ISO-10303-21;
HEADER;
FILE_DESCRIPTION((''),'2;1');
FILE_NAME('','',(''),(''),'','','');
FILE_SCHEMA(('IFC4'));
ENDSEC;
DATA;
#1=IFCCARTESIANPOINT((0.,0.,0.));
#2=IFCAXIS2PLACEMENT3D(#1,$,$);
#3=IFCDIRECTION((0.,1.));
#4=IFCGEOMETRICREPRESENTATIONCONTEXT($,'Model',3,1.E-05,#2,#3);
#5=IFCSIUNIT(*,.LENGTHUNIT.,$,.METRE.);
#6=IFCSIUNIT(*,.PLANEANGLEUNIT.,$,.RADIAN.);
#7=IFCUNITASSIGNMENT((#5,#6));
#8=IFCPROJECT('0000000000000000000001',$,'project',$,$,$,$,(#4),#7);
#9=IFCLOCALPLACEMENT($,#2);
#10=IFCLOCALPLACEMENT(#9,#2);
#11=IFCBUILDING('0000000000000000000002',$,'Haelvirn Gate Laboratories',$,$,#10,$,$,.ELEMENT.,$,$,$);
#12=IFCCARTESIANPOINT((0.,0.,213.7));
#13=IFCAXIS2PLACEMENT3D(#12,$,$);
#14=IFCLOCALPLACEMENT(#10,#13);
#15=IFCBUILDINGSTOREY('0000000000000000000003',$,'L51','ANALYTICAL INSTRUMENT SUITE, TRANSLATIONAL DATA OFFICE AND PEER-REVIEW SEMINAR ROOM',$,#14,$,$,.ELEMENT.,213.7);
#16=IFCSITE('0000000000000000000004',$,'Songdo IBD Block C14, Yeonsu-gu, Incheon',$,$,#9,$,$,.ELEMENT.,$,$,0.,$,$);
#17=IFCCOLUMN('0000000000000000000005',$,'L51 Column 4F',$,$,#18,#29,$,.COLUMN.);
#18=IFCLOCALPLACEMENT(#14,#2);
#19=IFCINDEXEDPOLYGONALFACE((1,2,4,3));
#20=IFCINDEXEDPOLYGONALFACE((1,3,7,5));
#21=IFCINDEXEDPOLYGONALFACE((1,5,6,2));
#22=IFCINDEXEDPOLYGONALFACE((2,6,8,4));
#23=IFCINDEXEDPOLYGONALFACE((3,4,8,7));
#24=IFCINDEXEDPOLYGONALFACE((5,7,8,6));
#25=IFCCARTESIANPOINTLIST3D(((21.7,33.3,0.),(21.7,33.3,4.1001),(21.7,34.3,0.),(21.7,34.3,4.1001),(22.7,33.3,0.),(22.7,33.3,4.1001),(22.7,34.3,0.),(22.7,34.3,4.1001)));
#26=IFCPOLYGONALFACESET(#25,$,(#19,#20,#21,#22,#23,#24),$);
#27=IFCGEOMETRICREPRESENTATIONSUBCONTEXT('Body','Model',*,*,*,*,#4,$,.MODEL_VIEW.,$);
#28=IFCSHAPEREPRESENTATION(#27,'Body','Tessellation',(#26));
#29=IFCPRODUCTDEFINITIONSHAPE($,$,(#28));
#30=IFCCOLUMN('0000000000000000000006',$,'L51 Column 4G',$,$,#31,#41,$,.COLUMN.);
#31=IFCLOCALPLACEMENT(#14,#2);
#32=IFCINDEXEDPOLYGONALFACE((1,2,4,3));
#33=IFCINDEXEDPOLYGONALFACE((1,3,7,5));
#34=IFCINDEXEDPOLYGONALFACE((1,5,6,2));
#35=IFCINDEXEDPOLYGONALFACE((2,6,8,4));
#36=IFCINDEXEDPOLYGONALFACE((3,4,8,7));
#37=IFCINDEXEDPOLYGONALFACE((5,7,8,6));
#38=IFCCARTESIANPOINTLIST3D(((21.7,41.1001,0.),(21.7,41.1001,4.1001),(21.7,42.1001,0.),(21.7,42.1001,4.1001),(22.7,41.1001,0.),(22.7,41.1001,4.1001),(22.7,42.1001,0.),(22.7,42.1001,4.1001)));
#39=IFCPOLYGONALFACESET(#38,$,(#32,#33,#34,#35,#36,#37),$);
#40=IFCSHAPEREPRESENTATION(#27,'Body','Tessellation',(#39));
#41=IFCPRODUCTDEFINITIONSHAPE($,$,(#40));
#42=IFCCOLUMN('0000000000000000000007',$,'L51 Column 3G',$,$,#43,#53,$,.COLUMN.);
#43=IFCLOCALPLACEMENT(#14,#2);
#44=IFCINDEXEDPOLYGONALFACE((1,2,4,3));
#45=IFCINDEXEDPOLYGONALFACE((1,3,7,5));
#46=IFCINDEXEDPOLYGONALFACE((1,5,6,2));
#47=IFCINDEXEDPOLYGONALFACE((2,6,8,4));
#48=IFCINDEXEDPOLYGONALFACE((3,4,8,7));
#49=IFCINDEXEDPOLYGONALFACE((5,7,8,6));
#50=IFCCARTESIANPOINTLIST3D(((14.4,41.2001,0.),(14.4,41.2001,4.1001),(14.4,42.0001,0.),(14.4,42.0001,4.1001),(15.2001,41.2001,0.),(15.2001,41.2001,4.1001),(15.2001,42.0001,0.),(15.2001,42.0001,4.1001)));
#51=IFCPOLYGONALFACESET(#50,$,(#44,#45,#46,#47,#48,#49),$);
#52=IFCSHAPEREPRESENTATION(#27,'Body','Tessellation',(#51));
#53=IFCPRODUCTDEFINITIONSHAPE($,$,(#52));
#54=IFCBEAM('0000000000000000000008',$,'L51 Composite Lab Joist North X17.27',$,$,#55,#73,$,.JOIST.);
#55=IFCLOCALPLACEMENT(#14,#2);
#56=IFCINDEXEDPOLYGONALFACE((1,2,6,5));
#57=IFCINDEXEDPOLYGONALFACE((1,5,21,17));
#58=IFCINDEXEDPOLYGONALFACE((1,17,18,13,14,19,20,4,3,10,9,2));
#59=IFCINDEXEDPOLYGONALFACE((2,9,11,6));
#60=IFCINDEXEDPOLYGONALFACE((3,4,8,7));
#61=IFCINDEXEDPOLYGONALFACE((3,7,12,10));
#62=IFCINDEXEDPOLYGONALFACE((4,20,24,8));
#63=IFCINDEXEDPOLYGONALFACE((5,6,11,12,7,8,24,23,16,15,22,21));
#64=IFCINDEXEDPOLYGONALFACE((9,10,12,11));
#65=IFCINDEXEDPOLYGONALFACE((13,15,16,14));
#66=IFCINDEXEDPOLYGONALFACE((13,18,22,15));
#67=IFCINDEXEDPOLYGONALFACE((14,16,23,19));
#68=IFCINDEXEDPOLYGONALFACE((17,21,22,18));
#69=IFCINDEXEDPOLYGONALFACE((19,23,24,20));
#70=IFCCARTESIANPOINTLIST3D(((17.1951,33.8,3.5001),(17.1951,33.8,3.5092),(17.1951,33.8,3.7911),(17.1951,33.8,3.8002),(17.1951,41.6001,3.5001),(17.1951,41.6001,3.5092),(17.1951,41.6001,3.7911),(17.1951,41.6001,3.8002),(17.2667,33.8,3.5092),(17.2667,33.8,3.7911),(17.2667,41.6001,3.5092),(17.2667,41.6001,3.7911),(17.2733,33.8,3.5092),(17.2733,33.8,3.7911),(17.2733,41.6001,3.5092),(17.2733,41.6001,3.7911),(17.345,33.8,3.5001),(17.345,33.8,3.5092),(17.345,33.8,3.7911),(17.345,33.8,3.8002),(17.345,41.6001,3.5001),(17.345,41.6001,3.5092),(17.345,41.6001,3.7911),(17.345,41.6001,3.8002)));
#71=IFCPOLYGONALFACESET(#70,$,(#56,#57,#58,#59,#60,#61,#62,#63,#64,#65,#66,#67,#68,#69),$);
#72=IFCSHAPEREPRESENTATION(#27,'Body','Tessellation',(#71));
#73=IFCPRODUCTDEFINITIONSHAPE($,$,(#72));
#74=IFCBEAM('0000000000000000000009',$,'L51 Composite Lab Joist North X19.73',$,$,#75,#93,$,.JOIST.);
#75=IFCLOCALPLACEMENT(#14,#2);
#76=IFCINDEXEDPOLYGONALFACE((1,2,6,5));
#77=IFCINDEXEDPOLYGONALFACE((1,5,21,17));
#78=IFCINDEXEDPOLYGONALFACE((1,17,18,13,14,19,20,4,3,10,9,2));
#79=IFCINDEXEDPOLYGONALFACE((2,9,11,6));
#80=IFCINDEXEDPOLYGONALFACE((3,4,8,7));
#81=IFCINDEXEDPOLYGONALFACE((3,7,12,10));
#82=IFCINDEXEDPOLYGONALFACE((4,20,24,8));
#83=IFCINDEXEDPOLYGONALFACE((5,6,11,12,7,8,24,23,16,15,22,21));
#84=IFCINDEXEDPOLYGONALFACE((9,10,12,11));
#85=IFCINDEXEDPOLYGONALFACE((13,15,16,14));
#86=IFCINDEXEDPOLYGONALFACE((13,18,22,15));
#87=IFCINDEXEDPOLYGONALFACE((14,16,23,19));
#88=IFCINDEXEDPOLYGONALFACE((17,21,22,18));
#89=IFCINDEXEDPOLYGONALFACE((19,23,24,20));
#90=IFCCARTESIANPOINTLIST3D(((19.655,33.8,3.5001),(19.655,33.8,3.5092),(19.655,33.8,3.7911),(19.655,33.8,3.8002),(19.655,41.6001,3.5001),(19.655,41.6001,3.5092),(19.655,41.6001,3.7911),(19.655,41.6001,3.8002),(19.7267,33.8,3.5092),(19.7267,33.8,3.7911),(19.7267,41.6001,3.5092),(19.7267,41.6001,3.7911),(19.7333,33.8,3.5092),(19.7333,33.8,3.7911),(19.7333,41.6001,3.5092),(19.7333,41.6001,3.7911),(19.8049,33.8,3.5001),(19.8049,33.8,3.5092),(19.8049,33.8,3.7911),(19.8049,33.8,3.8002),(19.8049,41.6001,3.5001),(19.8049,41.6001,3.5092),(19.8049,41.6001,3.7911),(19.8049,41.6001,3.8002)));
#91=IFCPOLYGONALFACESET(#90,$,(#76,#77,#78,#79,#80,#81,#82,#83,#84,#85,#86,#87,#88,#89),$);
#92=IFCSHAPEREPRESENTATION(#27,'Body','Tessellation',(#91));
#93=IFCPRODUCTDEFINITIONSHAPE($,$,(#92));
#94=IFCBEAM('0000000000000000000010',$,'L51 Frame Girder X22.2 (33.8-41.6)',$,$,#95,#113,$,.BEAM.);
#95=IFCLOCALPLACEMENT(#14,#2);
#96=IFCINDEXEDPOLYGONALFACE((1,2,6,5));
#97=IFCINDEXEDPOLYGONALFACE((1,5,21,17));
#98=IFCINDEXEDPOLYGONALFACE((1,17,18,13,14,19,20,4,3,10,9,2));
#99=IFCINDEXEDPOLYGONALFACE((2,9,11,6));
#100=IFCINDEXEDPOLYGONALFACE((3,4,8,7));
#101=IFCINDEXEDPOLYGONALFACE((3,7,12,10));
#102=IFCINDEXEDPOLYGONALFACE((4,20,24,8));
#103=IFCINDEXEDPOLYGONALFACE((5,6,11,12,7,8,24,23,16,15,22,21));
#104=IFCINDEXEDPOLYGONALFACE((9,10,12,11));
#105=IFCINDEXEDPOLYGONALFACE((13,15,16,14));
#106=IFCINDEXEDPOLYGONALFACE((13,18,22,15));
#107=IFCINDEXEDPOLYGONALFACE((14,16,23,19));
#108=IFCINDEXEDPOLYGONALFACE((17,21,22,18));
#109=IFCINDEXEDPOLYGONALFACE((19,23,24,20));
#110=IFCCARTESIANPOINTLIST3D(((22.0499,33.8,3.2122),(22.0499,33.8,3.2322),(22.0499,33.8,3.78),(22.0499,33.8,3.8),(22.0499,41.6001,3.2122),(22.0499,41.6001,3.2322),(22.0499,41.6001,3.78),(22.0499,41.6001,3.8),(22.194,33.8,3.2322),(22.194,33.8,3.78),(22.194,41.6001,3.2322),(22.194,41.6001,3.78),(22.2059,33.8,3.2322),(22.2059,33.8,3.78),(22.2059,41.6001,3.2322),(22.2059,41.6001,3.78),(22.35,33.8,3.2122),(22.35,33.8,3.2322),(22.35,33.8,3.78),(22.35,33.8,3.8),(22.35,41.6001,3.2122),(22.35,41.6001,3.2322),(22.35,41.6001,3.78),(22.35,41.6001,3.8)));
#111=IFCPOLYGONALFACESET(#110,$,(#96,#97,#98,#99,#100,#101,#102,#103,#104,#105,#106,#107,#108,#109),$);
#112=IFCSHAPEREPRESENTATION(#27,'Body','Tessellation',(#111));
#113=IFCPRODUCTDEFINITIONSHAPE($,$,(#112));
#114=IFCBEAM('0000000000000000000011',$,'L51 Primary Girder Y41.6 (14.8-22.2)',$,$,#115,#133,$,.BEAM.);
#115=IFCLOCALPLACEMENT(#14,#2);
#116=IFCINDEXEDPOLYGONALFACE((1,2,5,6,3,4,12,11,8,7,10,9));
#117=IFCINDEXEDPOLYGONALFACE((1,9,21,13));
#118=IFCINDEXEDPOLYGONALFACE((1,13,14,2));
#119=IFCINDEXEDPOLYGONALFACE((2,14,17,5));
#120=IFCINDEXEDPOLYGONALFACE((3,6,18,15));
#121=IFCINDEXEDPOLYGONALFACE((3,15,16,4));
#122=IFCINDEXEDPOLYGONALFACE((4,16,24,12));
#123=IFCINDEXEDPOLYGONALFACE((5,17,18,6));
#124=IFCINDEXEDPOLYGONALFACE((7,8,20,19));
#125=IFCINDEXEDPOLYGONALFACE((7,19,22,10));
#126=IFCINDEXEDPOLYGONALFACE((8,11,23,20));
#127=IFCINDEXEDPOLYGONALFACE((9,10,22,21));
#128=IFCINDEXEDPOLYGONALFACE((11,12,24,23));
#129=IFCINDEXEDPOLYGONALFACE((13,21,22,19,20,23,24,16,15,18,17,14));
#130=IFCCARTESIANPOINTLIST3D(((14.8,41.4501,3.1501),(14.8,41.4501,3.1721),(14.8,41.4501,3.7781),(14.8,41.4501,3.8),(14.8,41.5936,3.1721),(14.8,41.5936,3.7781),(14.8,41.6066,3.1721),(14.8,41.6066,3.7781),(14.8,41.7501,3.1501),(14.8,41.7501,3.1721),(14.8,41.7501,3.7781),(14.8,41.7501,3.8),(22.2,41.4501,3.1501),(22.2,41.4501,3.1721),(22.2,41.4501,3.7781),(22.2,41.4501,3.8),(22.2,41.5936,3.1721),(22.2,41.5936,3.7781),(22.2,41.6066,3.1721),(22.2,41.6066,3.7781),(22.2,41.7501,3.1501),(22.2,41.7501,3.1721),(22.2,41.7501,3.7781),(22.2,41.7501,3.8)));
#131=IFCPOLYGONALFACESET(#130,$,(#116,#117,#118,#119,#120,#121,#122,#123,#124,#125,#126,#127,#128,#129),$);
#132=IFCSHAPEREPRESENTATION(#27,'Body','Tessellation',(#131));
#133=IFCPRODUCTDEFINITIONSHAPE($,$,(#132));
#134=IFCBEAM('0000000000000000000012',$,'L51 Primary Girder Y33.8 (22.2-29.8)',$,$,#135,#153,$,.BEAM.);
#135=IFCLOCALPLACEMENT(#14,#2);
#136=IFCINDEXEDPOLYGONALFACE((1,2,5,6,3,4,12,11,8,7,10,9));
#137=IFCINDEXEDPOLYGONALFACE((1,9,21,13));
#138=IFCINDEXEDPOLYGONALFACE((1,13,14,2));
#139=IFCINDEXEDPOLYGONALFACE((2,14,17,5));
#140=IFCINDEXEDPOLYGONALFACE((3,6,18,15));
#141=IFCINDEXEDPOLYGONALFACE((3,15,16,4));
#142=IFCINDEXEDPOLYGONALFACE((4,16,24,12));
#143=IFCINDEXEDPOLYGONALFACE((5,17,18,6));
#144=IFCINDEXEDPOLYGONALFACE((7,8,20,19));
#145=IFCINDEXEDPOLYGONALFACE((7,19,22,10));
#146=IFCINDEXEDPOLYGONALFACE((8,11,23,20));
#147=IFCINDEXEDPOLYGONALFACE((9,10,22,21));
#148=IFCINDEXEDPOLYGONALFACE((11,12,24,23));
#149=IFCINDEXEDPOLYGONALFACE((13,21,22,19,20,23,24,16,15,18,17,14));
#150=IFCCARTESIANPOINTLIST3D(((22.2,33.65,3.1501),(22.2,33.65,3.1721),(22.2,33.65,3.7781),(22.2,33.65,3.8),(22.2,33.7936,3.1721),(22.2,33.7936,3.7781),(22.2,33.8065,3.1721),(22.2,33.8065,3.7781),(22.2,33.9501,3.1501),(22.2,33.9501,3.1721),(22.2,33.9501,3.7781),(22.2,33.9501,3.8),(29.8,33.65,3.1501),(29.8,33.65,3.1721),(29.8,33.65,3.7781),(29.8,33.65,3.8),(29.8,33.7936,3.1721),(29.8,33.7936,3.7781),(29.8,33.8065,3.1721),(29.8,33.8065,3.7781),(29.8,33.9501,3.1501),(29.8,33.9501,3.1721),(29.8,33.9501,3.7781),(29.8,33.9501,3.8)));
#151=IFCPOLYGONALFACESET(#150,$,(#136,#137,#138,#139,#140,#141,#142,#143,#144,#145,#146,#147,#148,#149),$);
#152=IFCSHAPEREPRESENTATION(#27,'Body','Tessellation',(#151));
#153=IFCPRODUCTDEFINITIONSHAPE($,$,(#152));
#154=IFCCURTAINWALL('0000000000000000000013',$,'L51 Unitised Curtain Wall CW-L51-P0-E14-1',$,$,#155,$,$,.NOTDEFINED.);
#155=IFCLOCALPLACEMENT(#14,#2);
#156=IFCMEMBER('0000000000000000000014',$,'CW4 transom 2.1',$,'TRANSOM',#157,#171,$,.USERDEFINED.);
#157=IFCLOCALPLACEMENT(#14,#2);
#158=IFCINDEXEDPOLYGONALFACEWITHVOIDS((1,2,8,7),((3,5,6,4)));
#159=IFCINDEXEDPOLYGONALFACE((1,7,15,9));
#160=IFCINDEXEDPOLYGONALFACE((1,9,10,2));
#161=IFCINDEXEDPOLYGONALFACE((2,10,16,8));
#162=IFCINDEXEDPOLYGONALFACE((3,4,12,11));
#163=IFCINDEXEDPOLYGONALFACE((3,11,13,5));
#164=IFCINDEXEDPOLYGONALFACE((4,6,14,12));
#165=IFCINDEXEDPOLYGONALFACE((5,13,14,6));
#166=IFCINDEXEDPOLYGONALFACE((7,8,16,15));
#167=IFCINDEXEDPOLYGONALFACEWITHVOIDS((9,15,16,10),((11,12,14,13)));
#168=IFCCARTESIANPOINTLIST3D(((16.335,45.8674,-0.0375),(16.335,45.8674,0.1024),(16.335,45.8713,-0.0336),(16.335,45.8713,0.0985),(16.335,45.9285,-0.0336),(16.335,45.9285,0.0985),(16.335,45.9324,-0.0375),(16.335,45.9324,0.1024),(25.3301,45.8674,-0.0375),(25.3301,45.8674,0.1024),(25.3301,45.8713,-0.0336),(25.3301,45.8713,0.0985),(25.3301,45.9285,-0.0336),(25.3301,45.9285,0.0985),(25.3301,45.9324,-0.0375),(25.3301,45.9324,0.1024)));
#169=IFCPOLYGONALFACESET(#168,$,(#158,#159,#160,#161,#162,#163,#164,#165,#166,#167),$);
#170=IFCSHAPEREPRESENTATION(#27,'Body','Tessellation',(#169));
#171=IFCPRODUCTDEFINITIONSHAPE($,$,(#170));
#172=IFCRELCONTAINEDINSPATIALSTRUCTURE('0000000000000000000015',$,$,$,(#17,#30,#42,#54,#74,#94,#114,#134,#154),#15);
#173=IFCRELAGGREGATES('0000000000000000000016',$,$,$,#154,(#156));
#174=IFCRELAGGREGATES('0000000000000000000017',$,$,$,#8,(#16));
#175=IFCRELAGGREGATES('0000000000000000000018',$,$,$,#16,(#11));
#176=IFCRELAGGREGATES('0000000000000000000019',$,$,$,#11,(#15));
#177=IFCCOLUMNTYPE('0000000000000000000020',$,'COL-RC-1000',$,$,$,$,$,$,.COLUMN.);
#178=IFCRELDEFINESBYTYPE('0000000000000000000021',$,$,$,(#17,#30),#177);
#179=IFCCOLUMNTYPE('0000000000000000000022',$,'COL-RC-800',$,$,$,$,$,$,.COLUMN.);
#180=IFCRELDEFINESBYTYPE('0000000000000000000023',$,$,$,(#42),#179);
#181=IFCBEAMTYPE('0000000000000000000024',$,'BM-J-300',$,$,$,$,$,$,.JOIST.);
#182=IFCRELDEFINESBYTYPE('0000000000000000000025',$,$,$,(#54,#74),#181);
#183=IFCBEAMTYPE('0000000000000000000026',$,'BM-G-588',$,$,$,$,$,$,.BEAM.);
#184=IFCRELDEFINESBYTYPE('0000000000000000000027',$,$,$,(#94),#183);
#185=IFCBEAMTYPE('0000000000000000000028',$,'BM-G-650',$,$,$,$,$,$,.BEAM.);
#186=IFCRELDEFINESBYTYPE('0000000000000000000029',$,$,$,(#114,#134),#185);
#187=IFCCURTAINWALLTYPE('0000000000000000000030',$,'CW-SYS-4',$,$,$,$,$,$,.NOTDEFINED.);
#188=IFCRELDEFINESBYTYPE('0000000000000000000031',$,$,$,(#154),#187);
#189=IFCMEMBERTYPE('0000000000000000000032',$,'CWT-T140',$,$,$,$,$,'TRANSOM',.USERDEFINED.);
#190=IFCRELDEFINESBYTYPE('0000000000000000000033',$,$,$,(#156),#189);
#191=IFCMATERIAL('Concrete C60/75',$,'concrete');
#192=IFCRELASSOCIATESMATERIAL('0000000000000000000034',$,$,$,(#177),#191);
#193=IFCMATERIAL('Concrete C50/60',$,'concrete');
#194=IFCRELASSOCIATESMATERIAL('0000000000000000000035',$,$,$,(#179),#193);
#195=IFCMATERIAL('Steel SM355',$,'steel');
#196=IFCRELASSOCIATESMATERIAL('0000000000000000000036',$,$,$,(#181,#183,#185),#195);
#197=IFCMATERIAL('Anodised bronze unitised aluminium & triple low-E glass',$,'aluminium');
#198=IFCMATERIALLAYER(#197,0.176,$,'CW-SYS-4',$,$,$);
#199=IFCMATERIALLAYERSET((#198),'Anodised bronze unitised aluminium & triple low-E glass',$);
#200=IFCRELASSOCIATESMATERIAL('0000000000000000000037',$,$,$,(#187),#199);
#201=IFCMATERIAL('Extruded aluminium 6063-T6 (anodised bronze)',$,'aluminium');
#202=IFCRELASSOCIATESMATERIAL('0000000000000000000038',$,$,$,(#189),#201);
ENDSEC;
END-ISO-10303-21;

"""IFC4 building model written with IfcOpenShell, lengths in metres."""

from ifc_helpers import new_model, si_unit, direction, frame, origin, origin_2d, place, context, subcontext, project, spatial, rectangle, hollow_rectangle, i_section, extrude, source, transform, mapped, material, layer, layer_set, material_profile, profile_set, type_object, type_shapes, element, aggregate, save


model = new_model("IFC4")

# Units and contexts
model_context = context("Model", 3, precision=1e-05, world=origin(), true_north=direction((0.0, 1.0)))
body_context = subcontext(model_context, "Body", "Model", "MODEL_VIEW")
ifc_project = project(units=[si_unit("LENGTHUNIT", "METRE"), si_unit("PLANEANGLEUNIT", "RADIAN")], contexts=[model_context])

# Site, building, storey
site_placement = place(None, origin())
site = spatial("IfcSite", under=ifc_project, at=site_placement, Name="Songdo IBD Block C14, Yeonsu-gu, Incheon", CompositionType="ELEMENT", RefElevation=0.0)
building_placement = place(site_placement, origin())
building = spatial("IfcBuilding", under=site, at=building_placement, Name="Haelvirn Gate Laboratories", CompositionType="ELEMENT")
storey_placement = place(building_placement, frame((0.0, 0.0, 213.7)))
storey = spatial("IfcBuildingStorey", under=building, at=storey_placement, Name="L51", Description="ANALYTICAL INSTRUMENT SUITE, TRANSLATIONAL DATA OFFICE AND PEER-REVIEW SEMINAR ROOM", CompositionType="ELEMENT", Elevation=213.7)

# Columns
ifc_material_1 = material(Name="Concrete C60/75", Category="concrete")
ifc_material_profile_1 = material_profile(ifc_material_1, rectangle(XDim=1.0, YDim=1.0, at=origin_2d()), Name="RC-1000x1000")
ifc_profile_set_1 = profile_set([ifc_material_profile_1], Name="Concrete C60/75")
column_type_1 = type_object("IfcColumnType", Name="COL-RC-1000", PredefinedType="COLUMN", material=ifc_profile_set_1)
shared_shape_1 = source(origin(), body_context, "Body", "SweptSolid", [
    extrude(rectangle(XDim=1.0, YDim=1.0, at=origin_2d()), origin(), (0.0, 0.0, 1.0), 4.1001),
])
type_shapes(column_type_1, [shared_shape_1])
for number, where, z_axis, x_axis, name in (
    (1, (22.2, 33.8, 0.0), (0.0, 0.0, 1.0), (1.0, 0.0, 0.0), "L51 Column 4F"),
    (2, (22.2, 41.6001, 0.0), (0.0, 0.0, 1.0), (1.0, 0.0, 0.0), "L51 Column 4G"),
):
    element("IfcColumn", number, at=place(storey_placement, frame(where, z_axis=z_axis, x_axis=x_axis)), inside=storey, type_object=column_type_1, Name=name, PredefinedType="COLUMN", context=body_context, shape_type="MappedRepresentation", body=[
        mapped(shared_shape_1, transform((0.0, 0.0, 0.0), scale=1.0)),
    ])
ifc_material_2 = material(Name="Concrete C50/60", Category="concrete")
ifc_material_profile_2 = material_profile(ifc_material_2, rectangle(XDim=0.8, YDim=0.8, at=origin_2d()), Name="RC-800x800")
ifc_profile_set_2 = profile_set([ifc_material_profile_2], Name="Concrete C50/60")
column_type_2 = type_object("IfcColumnType", Name="COL-RC-800", PredefinedType="COLUMN", material=ifc_profile_set_2)
shared_shape_2 = source(origin(), body_context, "Body", "SweptSolid", [
    extrude(rectangle(XDim=0.8, YDim=0.8, at=origin_2d()), origin(), (0.0, 0.0, 1.0), 4.1001),
])
type_shapes(column_type_2, [shared_shape_2])
column_placement = place(storey_placement, frame((14.8, 41.6001, 0.0), z_axis=(0.0, 0.0, 1.0), x_axis=(1.0, 0.0, 0.0)))
element("IfcColumn", 3, at=column_placement, inside=storey, type_object=column_type_2, Name="L51 Column 3G", PredefinedType="COLUMN", context=body_context, shape_type="MappedRepresentation", body=[
    mapped(shared_shape_2, transform((0.0, 0.0, 0.0), scale=1.0)),
])

# Beams
ifc_material_3 = material(Name="Steel SM355", Category="steel")
ifc_material_profile_3 = material_profile(ifc_material_3, i_section(OverallWidth=0.1499, OverallDepth=0.3, WebThickness=0.0066, FlangeThickness=0.009, at=origin_2d()), Name="H-300x150x6.5x9")
ifc_profile_set_3 = profile_set([ifc_material_profile_3], Name="Steel SM355")
beam_type_1 = type_object("IfcBeamType", Name="BM-J-300", PredefinedType="JOIST", material=ifc_profile_set_3)
shared_shape_3 = source(origin(), body_context, "Body", "SweptSolid", [
    extrude(i_section(OverallWidth=0.1499, OverallDepth=0.3, WebThickness=0.0066, FlangeThickness=0.009, at=origin_2d()), origin(), (0.0, 0.0, 1.0), 7.8),
])
type_shapes(beam_type_1, [shared_shape_3])
for number, where, z_axis, x_axis, name in (
    (4, (17.27, 33.8, 3.6501), (0.0, 1.0, 0.0), (-1.0, 0.0, 0.0), "L51 Composite Lab Joist North X17.27"),
    (5, (19.73, 33.8, 3.6501), (0.0, 1.0, 0.0), (-1.0, 0.0, 0.0), "L51 Composite Lab Joist North X19.73"),
):
    element("IfcBeam", number, at=place(storey_placement, frame(where, z_axis=z_axis, x_axis=x_axis)), inside=storey, type_object=beam_type_1, Name=name, PredefinedType="JOIST", context=body_context, shape_type="MappedRepresentation", body=[
        mapped(shared_shape_3, transform((0.0, 0.0, 0.0), scale=1.0)),
    ])
ifc_material_profile_4 = material_profile(ifc_material_3, i_section(OverallWidth=0.3, OverallDepth=0.5879, WebThickness=0.012, FlangeThickness=0.02, at=origin_2d()), Name="H-588x300x12x20")
ifc_profile_set_4 = profile_set([ifc_material_profile_4], Name="Steel SM355")
beam_type_2 = type_object("IfcBeamType", Name="BM-G-588", PredefinedType="BEAM", material=ifc_profile_set_4)
shared_shape_4 = source(origin(), body_context, "Body", "SweptSolid", [
    extrude(i_section(OverallWidth=0.3, OverallDepth=0.5879, WebThickness=0.012, FlangeThickness=0.02, at=origin_2d()), origin(), (0.0, 0.0, 1.0), 7.8),
])
type_shapes(beam_type_2, [shared_shape_4])
beam_1_placement = place(storey_placement, frame((22.2, 33.8, 3.5061), z_axis=(0.0, 1.0, 0.0), x_axis=(-1.0, 0.0, 0.0)))
element("IfcBeam", 6, at=beam_1_placement, inside=storey, type_object=beam_type_2, Name="L51 Frame Girder X22.2 (33.8-41.6)", PredefinedType="BEAM", context=body_context, shape_type="MappedRepresentation", body=[
    mapped(shared_shape_4, transform((0.0, 0.0, 0.0), scale=1.0)),
])
ifc_material_profile_5 = material_profile(ifc_material_3, i_section(OverallWidth=0.3, OverallDepth=0.6499, WebThickness=0.0129, FlangeThickness=0.022, at=origin_2d()), Name="H-650x300x13x22")
ifc_profile_set_5 = profile_set([ifc_material_profile_5], Name="Steel SM355")
beam_type_3 = type_object("IfcBeamType", Name="BM-G-650", PredefinedType="BEAM", material=ifc_profile_set_5)
shared_shape_5 = source(origin(), body_context, "Body", "SweptSolid", [
    extrude(i_section(OverallWidth=0.3, OverallDepth=0.6499, WebThickness=0.0129, FlangeThickness=0.022, at=origin_2d()), origin(), (0.0, 0.0, 1.0), 7.3999),
])
beam_2_placement = place(storey_placement, frame((14.8, 41.6001, 3.4751), z_axis=(1.0, 0.0, 0.0), x_axis=(0.0, 1.0, 0.0)))
element("IfcBeam", 7, at=beam_2_placement, inside=storey, type_object=beam_type_3, Name="L51 Primary Girder Y41.6 (14.8-22.2)", PredefinedType="BEAM", context=body_context, shape_type="MappedRepresentation", body=[
    mapped(shared_shape_5, transform((0.0, 0.0, 0.0), scale=1.0)),
])
shared_shape_6 = source(origin(), body_context, "Body", "SweptSolid", [
    extrude(i_section(OverallWidth=0.3, OverallDepth=0.6499, WebThickness=0.0129, FlangeThickness=0.022, at=origin_2d()), origin(), (0.0, 0.0, 1.0), 7.6001),
])
type_shapes(beam_type_3, [shared_shape_5, shared_shape_6])
beam_3_placement = place(storey_placement, frame((22.2, 33.8, 3.4751), z_axis=(1.0, 0.0, 0.0), x_axis=(0.0, 1.0, 0.0)))
element("IfcBeam", 8, at=beam_3_placement, inside=storey, type_object=beam_type_3, Name="L51 Primary Girder Y33.8 (22.2-29.8)", PredefinedType="BEAM", context=body_context, shape_type="MappedRepresentation", body=[
    mapped(shared_shape_6, transform((0.0, 0.0, 0.0), scale=1.0)),
])

# Curtain wall, member
ifc_material_4 = material(Name="Anodised bronze unitised aluminium & triple low-E glass", Category="aluminium")
ifc_layer_1 = layer(ifc_material_4, 0.176, Name="CW-SYS-4")
ifc_layer_set_1 = layer_set([ifc_layer_1], Name="Anodised bronze unitised aluminium & triple low-E glass")
curtain_wall_type = type_object("IfcCurtainWallType", Name="CW-SYS-4", PredefinedType="NOTDEFINED", material=ifc_layer_set_1)
curtain_wall_placement = place(storey_placement, origin())
curtain_wall = element("IfcCurtainWall", 9, at=curtain_wall_placement, inside=storey, type_object=curtain_wall_type, Name="L51 Unitised Curtain Wall CW-L51-P0-E14-1", PredefinedType="NOTDEFINED")
ifc_material_5 = material(Name="Extruded aluminium 6063-T6 (anodised bronze)", Category="aluminium")
ifc_material_profile_6 = material_profile(ifc_material_5, hollow_rectangle(XDim=0.0649, YDim=0.1399, WallThickness=0.0039, at=origin_2d()), Name="CWT-140x65x4")
ifc_profile_set_6 = profile_set([ifc_material_profile_6], Name="Extruded aluminium 6063-T6 (anodised bronze)")
member_type_1 = type_object("IfcMemberType", Name="CWT-T140", ElementType="TRANSOM", PredefinedType="USERDEFINED", material=ifc_profile_set_6)
shared_shape_7 = source(origin(), body_context, "Body", "SweptSolid", [
    extrude(hollow_rectangle(XDim=0.0649, YDim=0.1399, WallThickness=0.0039, at=origin_2d()), origin(), (0.0, 0.0, 1.0), 8.9951),
])
type_shapes(member_type_1, [shared_shape_7])
member_1_placement = place(storey_placement, frame((16.335, 45.8999, 0.0325), z_axis=(1.0, 0.0, 0.0), x_axis=(0.0, 1.0, 0.0)))
member_1 = element("IfcMember", 10, at=member_1_placement, type_object=member_type_1, Name="CW4 transom 2.1", ObjectType="TRANSOM", PredefinedType="USERDEFINED", context=body_context, shape_type="MappedRepresentation", body=[
    mapped(shared_shape_7, transform((0.0, 0.0, 0.0), scale=1.0)),
])
aggregate(curtain_wall, [member_1])

save(model, "model.ifc")
